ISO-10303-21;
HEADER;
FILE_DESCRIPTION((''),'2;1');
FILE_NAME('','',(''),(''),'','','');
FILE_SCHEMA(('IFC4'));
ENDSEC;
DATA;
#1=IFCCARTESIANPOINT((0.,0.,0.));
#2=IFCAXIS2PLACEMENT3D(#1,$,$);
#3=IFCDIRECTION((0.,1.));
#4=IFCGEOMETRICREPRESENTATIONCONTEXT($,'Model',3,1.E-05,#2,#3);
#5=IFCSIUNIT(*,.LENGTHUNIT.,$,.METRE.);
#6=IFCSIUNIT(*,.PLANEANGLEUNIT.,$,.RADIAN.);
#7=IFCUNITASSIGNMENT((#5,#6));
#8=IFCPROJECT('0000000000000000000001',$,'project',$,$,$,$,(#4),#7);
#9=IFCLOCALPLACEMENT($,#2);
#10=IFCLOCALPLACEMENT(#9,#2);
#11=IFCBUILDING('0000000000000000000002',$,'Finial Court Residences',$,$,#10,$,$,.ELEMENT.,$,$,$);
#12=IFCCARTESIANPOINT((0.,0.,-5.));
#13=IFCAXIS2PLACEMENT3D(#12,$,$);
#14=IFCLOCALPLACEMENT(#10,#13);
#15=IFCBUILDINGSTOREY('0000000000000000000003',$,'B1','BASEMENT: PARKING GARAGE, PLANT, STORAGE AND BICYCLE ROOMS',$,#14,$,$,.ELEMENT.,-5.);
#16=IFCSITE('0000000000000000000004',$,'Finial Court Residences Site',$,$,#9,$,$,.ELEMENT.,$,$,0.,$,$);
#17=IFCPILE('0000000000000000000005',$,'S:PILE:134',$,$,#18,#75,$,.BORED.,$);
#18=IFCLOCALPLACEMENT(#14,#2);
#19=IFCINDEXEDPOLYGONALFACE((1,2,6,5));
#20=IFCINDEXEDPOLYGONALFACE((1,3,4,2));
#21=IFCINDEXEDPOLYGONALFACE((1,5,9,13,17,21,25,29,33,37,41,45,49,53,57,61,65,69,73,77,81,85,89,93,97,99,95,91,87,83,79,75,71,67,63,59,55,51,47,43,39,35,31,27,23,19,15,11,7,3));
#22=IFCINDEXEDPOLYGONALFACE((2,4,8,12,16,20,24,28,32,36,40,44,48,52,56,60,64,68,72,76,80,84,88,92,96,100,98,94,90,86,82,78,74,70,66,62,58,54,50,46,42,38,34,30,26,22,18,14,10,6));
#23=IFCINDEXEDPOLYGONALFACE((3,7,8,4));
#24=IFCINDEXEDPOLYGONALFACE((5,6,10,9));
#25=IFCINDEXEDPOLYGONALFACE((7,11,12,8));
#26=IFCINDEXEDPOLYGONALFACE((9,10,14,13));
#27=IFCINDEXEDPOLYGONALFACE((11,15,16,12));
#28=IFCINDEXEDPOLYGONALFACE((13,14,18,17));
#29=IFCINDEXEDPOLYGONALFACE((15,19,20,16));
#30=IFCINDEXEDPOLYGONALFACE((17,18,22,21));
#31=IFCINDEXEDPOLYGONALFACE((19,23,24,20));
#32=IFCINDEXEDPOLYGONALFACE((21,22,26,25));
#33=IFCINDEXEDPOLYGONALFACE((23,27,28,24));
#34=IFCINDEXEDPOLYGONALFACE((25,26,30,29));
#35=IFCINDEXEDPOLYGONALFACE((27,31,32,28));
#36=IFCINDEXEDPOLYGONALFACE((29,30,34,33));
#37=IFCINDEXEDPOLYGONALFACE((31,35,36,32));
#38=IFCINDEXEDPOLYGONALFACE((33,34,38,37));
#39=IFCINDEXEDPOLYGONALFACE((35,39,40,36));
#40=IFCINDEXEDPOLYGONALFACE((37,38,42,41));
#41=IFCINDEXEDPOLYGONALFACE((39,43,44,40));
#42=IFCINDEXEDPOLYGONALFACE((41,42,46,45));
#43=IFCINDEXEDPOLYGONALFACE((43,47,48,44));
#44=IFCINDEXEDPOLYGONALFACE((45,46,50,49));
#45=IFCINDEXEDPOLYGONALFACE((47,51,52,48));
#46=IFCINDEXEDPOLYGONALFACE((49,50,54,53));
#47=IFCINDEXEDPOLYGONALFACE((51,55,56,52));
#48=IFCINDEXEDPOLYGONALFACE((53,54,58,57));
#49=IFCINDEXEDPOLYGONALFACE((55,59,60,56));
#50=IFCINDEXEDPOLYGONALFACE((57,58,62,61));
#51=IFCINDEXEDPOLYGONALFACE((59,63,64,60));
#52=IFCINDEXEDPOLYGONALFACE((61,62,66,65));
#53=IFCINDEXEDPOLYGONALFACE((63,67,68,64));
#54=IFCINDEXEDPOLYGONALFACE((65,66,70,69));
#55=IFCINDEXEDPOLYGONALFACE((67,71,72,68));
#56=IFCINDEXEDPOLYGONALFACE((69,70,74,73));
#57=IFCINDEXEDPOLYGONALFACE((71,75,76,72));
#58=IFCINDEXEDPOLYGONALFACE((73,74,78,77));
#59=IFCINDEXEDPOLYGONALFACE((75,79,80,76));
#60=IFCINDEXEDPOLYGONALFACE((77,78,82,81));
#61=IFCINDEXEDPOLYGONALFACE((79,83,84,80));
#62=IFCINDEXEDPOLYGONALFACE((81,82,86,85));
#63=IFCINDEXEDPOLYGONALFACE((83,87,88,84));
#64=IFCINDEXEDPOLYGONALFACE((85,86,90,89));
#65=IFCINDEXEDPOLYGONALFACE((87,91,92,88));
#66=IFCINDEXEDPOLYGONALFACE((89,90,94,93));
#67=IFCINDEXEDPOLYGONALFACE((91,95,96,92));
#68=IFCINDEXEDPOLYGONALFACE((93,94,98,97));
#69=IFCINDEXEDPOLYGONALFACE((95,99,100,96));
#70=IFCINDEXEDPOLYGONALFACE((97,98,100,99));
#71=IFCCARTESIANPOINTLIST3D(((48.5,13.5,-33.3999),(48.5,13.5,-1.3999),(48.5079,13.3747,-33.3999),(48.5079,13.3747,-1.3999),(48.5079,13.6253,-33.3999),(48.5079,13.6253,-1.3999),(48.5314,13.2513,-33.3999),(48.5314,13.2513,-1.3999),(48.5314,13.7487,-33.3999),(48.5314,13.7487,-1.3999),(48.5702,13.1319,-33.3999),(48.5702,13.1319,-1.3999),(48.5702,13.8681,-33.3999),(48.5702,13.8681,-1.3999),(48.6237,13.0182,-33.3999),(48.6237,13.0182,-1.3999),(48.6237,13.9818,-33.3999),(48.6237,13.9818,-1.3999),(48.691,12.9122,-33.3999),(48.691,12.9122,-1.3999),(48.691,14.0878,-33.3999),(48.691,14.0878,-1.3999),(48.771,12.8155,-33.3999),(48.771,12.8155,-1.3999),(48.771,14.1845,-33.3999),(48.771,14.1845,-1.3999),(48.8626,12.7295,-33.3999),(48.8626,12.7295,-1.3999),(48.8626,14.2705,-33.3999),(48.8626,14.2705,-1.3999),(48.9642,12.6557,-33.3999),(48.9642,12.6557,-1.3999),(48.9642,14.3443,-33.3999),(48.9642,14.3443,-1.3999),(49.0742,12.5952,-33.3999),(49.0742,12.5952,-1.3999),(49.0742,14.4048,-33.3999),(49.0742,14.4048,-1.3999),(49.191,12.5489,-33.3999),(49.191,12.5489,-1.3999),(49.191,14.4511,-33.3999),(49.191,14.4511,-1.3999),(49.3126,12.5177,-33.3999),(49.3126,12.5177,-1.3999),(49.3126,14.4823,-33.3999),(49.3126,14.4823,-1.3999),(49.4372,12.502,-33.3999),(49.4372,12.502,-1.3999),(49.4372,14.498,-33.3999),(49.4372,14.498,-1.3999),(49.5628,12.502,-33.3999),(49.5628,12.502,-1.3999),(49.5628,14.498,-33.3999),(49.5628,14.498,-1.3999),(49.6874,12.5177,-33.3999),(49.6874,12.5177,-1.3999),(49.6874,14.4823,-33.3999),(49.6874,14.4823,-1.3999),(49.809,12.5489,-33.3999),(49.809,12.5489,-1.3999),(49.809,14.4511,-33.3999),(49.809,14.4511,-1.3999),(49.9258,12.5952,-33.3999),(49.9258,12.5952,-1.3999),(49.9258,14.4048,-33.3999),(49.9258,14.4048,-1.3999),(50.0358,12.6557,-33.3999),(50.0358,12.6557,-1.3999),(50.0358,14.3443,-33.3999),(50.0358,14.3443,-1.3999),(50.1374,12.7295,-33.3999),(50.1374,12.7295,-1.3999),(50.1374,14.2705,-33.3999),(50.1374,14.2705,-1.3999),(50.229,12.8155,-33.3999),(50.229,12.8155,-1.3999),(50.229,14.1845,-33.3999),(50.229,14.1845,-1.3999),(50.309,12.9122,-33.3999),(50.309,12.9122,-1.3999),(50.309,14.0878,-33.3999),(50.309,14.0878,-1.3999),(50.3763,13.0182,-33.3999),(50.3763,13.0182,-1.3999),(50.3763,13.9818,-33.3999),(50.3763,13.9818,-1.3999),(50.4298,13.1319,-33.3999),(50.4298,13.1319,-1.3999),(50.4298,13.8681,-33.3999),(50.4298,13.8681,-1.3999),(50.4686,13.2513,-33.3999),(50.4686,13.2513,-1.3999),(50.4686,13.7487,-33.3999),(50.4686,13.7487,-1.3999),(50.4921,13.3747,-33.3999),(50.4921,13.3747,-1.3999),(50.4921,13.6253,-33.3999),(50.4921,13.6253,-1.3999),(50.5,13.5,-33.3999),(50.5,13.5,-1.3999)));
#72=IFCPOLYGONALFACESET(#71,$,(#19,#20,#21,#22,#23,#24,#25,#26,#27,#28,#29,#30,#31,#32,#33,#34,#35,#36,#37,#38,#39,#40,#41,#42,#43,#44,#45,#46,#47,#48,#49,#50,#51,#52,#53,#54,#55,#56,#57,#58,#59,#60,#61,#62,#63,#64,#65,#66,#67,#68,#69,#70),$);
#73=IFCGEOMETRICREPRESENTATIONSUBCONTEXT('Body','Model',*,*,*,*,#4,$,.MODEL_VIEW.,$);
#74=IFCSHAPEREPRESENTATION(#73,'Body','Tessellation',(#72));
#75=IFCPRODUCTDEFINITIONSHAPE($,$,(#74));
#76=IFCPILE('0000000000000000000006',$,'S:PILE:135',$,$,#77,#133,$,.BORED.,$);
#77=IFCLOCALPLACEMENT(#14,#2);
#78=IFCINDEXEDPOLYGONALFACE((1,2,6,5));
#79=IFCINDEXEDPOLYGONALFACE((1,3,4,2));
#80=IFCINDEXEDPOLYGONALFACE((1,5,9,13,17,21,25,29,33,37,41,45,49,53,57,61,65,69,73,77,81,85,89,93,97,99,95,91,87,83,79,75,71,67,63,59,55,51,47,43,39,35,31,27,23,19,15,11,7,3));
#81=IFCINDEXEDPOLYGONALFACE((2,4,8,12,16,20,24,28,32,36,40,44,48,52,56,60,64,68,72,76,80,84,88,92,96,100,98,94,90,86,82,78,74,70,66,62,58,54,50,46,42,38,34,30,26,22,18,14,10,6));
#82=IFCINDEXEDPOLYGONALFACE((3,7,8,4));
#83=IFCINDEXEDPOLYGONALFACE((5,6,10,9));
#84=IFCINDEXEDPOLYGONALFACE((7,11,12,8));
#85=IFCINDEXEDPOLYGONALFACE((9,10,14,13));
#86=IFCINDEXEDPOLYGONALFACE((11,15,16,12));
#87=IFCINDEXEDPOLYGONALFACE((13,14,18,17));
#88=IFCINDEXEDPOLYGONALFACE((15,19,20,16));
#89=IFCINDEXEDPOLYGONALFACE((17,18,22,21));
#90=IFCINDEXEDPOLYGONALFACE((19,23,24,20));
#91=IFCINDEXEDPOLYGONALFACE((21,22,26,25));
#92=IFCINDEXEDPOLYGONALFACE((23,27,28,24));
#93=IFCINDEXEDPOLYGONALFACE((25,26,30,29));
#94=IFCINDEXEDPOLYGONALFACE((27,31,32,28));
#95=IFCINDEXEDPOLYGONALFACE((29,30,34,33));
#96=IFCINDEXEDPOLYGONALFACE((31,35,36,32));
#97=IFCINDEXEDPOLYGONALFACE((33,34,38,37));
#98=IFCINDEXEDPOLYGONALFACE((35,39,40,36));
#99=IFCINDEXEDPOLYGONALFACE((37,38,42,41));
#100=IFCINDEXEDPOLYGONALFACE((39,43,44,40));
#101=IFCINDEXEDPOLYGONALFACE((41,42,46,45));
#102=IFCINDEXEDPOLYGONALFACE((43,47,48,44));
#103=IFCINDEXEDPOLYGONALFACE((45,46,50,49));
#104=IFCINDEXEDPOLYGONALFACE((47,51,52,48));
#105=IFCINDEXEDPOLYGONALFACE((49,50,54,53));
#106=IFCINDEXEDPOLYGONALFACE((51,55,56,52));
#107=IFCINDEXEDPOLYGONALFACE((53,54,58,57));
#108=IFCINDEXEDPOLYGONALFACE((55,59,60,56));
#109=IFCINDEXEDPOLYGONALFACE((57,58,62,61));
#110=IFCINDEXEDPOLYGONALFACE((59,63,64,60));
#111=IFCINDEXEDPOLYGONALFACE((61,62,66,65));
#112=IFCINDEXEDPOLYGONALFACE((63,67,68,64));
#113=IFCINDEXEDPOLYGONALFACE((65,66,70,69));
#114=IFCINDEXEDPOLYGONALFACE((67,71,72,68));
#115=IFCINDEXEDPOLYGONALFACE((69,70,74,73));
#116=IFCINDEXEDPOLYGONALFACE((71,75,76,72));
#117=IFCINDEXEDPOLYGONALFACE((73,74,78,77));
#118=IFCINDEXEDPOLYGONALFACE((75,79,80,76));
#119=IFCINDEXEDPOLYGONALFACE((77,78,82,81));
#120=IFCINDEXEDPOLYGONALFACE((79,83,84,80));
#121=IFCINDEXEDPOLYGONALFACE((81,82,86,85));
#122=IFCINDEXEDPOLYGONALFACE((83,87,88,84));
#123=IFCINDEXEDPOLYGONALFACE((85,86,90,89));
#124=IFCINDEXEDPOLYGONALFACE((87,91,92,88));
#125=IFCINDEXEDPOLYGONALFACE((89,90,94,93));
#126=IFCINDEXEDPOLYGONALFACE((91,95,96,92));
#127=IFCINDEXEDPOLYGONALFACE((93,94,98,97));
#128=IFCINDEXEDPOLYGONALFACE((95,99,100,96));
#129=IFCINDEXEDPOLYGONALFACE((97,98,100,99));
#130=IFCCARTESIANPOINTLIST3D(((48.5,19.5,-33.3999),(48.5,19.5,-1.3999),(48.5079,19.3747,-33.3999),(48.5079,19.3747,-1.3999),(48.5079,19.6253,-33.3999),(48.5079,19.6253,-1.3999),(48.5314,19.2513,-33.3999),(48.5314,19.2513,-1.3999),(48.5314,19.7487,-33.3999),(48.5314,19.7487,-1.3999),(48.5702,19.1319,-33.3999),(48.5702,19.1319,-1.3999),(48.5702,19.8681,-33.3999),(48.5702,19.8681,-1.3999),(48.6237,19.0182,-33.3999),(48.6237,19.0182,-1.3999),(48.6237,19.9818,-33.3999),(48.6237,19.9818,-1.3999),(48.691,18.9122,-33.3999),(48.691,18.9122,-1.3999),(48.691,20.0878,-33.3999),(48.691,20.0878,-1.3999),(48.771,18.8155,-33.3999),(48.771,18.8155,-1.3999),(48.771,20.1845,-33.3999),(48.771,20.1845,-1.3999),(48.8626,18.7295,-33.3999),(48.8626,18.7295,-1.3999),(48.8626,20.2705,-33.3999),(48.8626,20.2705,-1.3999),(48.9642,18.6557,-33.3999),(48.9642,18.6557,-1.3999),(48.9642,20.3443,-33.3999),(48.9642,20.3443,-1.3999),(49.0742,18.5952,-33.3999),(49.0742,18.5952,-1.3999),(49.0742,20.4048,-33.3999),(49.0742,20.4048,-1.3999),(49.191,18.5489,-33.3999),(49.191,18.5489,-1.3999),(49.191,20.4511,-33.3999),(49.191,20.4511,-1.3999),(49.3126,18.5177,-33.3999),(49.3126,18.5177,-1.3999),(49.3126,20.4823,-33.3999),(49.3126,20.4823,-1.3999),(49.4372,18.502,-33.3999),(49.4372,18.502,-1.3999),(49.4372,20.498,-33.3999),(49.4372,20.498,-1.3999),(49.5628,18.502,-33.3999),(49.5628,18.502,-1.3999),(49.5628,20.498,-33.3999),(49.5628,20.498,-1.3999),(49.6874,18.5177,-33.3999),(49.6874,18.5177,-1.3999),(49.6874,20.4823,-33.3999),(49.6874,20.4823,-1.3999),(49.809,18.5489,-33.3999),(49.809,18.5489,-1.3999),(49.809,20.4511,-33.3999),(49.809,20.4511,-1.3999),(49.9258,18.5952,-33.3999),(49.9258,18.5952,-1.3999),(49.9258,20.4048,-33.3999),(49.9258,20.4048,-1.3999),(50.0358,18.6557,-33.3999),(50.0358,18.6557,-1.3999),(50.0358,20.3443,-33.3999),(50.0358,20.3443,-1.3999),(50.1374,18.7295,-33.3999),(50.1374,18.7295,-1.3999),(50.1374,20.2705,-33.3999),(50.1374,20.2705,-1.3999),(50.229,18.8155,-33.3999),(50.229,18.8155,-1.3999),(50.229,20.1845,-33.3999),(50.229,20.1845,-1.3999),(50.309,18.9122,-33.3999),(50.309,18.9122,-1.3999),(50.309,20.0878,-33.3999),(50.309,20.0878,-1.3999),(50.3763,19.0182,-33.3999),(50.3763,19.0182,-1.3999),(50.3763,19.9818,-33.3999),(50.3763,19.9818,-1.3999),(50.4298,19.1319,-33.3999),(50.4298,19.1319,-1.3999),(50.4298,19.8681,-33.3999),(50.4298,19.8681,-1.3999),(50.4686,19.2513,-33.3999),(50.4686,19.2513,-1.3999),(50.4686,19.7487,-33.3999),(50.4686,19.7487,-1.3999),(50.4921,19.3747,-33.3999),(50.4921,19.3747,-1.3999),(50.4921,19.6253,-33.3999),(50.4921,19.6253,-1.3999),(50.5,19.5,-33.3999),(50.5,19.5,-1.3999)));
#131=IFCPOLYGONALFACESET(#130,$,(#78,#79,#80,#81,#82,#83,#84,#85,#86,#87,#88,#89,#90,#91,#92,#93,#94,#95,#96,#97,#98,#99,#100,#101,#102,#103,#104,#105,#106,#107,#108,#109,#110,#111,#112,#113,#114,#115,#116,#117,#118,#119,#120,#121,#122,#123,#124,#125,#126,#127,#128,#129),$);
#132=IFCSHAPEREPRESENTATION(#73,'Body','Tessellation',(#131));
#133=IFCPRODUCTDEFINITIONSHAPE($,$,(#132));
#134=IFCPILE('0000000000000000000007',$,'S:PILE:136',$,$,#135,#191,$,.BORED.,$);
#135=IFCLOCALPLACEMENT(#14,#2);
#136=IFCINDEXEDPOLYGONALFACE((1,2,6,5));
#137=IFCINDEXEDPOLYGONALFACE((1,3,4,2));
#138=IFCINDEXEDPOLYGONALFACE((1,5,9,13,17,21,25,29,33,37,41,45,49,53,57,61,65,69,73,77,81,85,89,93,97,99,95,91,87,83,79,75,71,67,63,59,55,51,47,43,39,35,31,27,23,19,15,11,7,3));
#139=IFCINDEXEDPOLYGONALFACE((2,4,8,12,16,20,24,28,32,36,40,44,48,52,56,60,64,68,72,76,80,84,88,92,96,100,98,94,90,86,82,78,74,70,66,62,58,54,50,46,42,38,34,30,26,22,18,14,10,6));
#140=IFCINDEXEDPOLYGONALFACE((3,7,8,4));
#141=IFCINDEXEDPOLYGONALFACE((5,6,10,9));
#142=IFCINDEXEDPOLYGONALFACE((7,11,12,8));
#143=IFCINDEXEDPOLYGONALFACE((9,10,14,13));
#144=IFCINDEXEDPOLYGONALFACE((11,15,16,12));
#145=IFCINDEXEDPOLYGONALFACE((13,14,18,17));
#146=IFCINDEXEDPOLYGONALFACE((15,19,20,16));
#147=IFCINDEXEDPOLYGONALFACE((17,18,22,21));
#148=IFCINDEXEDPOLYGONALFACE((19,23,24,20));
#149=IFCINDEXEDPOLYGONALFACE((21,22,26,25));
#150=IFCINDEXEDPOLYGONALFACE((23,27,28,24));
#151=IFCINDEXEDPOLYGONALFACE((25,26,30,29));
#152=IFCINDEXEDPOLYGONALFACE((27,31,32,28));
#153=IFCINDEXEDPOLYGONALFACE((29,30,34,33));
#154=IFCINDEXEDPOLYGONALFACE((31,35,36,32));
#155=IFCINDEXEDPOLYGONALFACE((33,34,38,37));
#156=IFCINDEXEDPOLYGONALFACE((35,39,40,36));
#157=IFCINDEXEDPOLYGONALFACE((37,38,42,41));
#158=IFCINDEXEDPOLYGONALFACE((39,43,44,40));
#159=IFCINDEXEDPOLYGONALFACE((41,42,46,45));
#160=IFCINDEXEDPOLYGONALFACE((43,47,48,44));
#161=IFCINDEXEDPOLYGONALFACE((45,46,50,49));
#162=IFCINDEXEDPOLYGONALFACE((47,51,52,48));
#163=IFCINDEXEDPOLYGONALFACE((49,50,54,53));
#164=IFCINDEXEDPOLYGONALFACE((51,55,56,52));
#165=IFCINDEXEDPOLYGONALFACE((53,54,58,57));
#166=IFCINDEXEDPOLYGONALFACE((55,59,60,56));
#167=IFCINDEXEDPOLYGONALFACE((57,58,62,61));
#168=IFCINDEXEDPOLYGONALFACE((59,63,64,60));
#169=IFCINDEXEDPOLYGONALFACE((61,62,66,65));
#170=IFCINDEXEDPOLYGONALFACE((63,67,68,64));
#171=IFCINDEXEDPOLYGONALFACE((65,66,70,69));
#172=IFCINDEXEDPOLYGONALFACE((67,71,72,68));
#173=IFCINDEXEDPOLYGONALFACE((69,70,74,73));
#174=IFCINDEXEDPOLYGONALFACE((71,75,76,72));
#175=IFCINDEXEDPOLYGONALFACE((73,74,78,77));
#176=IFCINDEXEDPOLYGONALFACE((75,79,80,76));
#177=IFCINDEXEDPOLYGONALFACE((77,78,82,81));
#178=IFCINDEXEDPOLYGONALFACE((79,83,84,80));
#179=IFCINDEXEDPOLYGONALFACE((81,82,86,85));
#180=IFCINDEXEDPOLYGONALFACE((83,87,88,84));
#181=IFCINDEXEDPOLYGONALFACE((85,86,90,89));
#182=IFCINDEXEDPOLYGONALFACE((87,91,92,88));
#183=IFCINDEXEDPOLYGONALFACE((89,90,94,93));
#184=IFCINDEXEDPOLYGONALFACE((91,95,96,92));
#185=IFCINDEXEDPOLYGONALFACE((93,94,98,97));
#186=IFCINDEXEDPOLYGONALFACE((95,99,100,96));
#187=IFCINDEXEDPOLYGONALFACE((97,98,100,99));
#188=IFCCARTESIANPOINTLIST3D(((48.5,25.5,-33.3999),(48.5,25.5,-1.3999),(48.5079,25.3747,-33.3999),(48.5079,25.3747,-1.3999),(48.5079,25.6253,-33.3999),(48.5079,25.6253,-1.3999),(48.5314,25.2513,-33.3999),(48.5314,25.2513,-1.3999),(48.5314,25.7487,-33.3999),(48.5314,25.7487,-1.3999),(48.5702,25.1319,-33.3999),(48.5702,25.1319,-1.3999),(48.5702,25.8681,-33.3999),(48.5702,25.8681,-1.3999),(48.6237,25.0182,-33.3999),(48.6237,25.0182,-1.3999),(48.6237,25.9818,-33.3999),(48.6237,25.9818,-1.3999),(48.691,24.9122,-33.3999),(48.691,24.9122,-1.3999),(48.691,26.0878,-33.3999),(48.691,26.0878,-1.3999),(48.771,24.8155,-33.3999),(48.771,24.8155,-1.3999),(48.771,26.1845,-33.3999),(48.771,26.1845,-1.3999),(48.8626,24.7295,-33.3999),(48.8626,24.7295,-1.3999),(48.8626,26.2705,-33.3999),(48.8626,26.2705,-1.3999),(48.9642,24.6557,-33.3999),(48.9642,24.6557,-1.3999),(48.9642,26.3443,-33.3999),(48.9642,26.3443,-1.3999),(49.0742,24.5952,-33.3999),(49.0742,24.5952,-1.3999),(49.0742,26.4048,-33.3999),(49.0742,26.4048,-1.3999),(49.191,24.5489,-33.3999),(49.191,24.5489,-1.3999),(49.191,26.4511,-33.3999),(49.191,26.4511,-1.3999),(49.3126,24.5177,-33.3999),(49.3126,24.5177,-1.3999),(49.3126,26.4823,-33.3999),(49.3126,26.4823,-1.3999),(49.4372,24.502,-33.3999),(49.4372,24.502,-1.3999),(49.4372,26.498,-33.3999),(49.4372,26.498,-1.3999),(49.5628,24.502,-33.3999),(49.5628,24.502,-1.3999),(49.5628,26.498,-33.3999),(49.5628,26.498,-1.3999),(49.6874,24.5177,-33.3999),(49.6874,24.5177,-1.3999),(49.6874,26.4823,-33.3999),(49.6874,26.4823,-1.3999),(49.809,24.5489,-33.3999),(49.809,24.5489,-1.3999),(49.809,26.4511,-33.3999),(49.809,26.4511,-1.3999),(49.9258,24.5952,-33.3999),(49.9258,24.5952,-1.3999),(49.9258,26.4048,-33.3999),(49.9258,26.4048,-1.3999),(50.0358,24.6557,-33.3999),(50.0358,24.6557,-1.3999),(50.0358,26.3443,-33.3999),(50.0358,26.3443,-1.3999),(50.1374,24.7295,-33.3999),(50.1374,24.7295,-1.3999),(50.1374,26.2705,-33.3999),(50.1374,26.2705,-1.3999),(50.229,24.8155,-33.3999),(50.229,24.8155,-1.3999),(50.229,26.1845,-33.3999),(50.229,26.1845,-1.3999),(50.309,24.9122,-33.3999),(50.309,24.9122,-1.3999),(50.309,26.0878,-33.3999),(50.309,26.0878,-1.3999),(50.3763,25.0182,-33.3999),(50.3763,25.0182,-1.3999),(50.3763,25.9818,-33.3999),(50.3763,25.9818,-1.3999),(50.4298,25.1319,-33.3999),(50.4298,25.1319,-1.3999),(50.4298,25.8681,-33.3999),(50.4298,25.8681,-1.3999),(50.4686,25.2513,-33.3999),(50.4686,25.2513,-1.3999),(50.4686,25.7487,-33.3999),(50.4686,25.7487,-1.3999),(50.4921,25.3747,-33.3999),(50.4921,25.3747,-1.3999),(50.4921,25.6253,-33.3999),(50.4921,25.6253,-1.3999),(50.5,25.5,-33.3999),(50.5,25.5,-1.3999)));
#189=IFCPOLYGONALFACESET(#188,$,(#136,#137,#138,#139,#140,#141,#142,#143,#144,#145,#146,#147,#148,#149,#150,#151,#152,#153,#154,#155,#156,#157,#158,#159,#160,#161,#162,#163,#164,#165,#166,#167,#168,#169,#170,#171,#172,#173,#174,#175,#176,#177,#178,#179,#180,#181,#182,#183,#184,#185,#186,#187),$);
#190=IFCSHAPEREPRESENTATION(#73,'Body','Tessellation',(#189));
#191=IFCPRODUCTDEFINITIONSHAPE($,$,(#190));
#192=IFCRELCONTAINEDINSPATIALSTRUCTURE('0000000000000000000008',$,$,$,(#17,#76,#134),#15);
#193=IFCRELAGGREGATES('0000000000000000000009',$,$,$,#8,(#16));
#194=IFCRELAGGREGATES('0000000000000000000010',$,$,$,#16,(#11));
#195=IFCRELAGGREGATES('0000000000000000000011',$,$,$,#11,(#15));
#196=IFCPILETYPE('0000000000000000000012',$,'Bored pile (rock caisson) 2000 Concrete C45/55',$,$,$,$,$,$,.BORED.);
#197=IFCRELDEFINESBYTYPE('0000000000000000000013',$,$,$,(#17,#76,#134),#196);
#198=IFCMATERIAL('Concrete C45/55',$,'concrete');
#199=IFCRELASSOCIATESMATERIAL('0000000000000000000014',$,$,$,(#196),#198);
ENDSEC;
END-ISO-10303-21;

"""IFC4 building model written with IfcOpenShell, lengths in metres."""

from ifc_helpers import new_model, si_unit, direction, frame, origin, origin_2d, place, context, subcontext, project, spatial, circle, extrude, material, material_profile, profile_set, type_object, element, save


model = new_model("IFC4")

# Units and contexts
model_context = context("Model", 3, precision=1e-05, world=origin(), true_north=direction((0.0, 1.0)))
body_context = subcontext(model_context, "Body", "Model", "MODEL_VIEW")
ifc_project = project(units=[si_unit("LENGTHUNIT", "METRE"), si_unit("PLANEANGLEUNIT", "RADIAN")], contexts=[model_context])

# Site, building, storey
site_placement = place(None, origin())
site = spatial("IfcSite", under=ifc_project, at=site_placement, Name="Finial Court Residences Site", CompositionType="ELEMENT", RefElevation=0.0)
building_placement = place(site_placement, origin())
building = spatial("IfcBuilding", under=site, at=building_placement, Name="Finial Court Residences", CompositionType="ELEMENT")
storey_placement = place(building_placement, frame((0.0, 0.0, -5.0)))
storey = spatial("IfcBuildingStorey", under=building, at=storey_placement, Name="B1", Description="BASEMENT: PARKING GARAGE, PLANT, STORAGE AND BICYCLE ROOMS", CompositionType="ELEMENT", Elevation=-5.0)

# Piles
ifc_material_1 = material(Name="Concrete C45/55", Category="concrete")
ifc_material_profile_1 = material_profile(ifc_material_1, circle(Radius=1.0, at=origin_2d()), Name="D2000")
ifc_profile_set_1 = profile_set([ifc_material_profile_1], Name="Concrete C45/55")
pile_type = type_object("IfcPileType", Name="Bored pile (rock caisson) 2000 Concrete C45/55", PredefinedType="BORED", material=ifc_profile_set_1)
for number, where, z_axis, x_axis, name in (
    (1, (49.5, 13.5, -1.3999), (0.0, 0.0, -1.0), (1.0, 0.0, 0.0), "S:PILE:134"),
    (2, (49.5, 19.5, -1.3999), (0.0, 0.0, -1.0), (1.0, 0.0, 0.0), "S:PILE:135"),
    (3, (49.5, 25.5, -1.3999), (0.0, 0.0, -1.0), (1.0, 0.0, 0.0), "S:PILE:136"),
):
    element("IfcPile", number, at=place(storey_placement, frame(where, z_axis=z_axis, x_axis=x_axis)), inside=storey, type_object=pile_type, Name=name, PredefinedType="BORED", context=body_context, shape_type="SweptSolid", body=[
        extrude(circle(Radius=1.0, at=origin_2d()), origin(), (0.0, 0.0, 1.0), 32.0),
    ])

save(model, "model.ifc")
